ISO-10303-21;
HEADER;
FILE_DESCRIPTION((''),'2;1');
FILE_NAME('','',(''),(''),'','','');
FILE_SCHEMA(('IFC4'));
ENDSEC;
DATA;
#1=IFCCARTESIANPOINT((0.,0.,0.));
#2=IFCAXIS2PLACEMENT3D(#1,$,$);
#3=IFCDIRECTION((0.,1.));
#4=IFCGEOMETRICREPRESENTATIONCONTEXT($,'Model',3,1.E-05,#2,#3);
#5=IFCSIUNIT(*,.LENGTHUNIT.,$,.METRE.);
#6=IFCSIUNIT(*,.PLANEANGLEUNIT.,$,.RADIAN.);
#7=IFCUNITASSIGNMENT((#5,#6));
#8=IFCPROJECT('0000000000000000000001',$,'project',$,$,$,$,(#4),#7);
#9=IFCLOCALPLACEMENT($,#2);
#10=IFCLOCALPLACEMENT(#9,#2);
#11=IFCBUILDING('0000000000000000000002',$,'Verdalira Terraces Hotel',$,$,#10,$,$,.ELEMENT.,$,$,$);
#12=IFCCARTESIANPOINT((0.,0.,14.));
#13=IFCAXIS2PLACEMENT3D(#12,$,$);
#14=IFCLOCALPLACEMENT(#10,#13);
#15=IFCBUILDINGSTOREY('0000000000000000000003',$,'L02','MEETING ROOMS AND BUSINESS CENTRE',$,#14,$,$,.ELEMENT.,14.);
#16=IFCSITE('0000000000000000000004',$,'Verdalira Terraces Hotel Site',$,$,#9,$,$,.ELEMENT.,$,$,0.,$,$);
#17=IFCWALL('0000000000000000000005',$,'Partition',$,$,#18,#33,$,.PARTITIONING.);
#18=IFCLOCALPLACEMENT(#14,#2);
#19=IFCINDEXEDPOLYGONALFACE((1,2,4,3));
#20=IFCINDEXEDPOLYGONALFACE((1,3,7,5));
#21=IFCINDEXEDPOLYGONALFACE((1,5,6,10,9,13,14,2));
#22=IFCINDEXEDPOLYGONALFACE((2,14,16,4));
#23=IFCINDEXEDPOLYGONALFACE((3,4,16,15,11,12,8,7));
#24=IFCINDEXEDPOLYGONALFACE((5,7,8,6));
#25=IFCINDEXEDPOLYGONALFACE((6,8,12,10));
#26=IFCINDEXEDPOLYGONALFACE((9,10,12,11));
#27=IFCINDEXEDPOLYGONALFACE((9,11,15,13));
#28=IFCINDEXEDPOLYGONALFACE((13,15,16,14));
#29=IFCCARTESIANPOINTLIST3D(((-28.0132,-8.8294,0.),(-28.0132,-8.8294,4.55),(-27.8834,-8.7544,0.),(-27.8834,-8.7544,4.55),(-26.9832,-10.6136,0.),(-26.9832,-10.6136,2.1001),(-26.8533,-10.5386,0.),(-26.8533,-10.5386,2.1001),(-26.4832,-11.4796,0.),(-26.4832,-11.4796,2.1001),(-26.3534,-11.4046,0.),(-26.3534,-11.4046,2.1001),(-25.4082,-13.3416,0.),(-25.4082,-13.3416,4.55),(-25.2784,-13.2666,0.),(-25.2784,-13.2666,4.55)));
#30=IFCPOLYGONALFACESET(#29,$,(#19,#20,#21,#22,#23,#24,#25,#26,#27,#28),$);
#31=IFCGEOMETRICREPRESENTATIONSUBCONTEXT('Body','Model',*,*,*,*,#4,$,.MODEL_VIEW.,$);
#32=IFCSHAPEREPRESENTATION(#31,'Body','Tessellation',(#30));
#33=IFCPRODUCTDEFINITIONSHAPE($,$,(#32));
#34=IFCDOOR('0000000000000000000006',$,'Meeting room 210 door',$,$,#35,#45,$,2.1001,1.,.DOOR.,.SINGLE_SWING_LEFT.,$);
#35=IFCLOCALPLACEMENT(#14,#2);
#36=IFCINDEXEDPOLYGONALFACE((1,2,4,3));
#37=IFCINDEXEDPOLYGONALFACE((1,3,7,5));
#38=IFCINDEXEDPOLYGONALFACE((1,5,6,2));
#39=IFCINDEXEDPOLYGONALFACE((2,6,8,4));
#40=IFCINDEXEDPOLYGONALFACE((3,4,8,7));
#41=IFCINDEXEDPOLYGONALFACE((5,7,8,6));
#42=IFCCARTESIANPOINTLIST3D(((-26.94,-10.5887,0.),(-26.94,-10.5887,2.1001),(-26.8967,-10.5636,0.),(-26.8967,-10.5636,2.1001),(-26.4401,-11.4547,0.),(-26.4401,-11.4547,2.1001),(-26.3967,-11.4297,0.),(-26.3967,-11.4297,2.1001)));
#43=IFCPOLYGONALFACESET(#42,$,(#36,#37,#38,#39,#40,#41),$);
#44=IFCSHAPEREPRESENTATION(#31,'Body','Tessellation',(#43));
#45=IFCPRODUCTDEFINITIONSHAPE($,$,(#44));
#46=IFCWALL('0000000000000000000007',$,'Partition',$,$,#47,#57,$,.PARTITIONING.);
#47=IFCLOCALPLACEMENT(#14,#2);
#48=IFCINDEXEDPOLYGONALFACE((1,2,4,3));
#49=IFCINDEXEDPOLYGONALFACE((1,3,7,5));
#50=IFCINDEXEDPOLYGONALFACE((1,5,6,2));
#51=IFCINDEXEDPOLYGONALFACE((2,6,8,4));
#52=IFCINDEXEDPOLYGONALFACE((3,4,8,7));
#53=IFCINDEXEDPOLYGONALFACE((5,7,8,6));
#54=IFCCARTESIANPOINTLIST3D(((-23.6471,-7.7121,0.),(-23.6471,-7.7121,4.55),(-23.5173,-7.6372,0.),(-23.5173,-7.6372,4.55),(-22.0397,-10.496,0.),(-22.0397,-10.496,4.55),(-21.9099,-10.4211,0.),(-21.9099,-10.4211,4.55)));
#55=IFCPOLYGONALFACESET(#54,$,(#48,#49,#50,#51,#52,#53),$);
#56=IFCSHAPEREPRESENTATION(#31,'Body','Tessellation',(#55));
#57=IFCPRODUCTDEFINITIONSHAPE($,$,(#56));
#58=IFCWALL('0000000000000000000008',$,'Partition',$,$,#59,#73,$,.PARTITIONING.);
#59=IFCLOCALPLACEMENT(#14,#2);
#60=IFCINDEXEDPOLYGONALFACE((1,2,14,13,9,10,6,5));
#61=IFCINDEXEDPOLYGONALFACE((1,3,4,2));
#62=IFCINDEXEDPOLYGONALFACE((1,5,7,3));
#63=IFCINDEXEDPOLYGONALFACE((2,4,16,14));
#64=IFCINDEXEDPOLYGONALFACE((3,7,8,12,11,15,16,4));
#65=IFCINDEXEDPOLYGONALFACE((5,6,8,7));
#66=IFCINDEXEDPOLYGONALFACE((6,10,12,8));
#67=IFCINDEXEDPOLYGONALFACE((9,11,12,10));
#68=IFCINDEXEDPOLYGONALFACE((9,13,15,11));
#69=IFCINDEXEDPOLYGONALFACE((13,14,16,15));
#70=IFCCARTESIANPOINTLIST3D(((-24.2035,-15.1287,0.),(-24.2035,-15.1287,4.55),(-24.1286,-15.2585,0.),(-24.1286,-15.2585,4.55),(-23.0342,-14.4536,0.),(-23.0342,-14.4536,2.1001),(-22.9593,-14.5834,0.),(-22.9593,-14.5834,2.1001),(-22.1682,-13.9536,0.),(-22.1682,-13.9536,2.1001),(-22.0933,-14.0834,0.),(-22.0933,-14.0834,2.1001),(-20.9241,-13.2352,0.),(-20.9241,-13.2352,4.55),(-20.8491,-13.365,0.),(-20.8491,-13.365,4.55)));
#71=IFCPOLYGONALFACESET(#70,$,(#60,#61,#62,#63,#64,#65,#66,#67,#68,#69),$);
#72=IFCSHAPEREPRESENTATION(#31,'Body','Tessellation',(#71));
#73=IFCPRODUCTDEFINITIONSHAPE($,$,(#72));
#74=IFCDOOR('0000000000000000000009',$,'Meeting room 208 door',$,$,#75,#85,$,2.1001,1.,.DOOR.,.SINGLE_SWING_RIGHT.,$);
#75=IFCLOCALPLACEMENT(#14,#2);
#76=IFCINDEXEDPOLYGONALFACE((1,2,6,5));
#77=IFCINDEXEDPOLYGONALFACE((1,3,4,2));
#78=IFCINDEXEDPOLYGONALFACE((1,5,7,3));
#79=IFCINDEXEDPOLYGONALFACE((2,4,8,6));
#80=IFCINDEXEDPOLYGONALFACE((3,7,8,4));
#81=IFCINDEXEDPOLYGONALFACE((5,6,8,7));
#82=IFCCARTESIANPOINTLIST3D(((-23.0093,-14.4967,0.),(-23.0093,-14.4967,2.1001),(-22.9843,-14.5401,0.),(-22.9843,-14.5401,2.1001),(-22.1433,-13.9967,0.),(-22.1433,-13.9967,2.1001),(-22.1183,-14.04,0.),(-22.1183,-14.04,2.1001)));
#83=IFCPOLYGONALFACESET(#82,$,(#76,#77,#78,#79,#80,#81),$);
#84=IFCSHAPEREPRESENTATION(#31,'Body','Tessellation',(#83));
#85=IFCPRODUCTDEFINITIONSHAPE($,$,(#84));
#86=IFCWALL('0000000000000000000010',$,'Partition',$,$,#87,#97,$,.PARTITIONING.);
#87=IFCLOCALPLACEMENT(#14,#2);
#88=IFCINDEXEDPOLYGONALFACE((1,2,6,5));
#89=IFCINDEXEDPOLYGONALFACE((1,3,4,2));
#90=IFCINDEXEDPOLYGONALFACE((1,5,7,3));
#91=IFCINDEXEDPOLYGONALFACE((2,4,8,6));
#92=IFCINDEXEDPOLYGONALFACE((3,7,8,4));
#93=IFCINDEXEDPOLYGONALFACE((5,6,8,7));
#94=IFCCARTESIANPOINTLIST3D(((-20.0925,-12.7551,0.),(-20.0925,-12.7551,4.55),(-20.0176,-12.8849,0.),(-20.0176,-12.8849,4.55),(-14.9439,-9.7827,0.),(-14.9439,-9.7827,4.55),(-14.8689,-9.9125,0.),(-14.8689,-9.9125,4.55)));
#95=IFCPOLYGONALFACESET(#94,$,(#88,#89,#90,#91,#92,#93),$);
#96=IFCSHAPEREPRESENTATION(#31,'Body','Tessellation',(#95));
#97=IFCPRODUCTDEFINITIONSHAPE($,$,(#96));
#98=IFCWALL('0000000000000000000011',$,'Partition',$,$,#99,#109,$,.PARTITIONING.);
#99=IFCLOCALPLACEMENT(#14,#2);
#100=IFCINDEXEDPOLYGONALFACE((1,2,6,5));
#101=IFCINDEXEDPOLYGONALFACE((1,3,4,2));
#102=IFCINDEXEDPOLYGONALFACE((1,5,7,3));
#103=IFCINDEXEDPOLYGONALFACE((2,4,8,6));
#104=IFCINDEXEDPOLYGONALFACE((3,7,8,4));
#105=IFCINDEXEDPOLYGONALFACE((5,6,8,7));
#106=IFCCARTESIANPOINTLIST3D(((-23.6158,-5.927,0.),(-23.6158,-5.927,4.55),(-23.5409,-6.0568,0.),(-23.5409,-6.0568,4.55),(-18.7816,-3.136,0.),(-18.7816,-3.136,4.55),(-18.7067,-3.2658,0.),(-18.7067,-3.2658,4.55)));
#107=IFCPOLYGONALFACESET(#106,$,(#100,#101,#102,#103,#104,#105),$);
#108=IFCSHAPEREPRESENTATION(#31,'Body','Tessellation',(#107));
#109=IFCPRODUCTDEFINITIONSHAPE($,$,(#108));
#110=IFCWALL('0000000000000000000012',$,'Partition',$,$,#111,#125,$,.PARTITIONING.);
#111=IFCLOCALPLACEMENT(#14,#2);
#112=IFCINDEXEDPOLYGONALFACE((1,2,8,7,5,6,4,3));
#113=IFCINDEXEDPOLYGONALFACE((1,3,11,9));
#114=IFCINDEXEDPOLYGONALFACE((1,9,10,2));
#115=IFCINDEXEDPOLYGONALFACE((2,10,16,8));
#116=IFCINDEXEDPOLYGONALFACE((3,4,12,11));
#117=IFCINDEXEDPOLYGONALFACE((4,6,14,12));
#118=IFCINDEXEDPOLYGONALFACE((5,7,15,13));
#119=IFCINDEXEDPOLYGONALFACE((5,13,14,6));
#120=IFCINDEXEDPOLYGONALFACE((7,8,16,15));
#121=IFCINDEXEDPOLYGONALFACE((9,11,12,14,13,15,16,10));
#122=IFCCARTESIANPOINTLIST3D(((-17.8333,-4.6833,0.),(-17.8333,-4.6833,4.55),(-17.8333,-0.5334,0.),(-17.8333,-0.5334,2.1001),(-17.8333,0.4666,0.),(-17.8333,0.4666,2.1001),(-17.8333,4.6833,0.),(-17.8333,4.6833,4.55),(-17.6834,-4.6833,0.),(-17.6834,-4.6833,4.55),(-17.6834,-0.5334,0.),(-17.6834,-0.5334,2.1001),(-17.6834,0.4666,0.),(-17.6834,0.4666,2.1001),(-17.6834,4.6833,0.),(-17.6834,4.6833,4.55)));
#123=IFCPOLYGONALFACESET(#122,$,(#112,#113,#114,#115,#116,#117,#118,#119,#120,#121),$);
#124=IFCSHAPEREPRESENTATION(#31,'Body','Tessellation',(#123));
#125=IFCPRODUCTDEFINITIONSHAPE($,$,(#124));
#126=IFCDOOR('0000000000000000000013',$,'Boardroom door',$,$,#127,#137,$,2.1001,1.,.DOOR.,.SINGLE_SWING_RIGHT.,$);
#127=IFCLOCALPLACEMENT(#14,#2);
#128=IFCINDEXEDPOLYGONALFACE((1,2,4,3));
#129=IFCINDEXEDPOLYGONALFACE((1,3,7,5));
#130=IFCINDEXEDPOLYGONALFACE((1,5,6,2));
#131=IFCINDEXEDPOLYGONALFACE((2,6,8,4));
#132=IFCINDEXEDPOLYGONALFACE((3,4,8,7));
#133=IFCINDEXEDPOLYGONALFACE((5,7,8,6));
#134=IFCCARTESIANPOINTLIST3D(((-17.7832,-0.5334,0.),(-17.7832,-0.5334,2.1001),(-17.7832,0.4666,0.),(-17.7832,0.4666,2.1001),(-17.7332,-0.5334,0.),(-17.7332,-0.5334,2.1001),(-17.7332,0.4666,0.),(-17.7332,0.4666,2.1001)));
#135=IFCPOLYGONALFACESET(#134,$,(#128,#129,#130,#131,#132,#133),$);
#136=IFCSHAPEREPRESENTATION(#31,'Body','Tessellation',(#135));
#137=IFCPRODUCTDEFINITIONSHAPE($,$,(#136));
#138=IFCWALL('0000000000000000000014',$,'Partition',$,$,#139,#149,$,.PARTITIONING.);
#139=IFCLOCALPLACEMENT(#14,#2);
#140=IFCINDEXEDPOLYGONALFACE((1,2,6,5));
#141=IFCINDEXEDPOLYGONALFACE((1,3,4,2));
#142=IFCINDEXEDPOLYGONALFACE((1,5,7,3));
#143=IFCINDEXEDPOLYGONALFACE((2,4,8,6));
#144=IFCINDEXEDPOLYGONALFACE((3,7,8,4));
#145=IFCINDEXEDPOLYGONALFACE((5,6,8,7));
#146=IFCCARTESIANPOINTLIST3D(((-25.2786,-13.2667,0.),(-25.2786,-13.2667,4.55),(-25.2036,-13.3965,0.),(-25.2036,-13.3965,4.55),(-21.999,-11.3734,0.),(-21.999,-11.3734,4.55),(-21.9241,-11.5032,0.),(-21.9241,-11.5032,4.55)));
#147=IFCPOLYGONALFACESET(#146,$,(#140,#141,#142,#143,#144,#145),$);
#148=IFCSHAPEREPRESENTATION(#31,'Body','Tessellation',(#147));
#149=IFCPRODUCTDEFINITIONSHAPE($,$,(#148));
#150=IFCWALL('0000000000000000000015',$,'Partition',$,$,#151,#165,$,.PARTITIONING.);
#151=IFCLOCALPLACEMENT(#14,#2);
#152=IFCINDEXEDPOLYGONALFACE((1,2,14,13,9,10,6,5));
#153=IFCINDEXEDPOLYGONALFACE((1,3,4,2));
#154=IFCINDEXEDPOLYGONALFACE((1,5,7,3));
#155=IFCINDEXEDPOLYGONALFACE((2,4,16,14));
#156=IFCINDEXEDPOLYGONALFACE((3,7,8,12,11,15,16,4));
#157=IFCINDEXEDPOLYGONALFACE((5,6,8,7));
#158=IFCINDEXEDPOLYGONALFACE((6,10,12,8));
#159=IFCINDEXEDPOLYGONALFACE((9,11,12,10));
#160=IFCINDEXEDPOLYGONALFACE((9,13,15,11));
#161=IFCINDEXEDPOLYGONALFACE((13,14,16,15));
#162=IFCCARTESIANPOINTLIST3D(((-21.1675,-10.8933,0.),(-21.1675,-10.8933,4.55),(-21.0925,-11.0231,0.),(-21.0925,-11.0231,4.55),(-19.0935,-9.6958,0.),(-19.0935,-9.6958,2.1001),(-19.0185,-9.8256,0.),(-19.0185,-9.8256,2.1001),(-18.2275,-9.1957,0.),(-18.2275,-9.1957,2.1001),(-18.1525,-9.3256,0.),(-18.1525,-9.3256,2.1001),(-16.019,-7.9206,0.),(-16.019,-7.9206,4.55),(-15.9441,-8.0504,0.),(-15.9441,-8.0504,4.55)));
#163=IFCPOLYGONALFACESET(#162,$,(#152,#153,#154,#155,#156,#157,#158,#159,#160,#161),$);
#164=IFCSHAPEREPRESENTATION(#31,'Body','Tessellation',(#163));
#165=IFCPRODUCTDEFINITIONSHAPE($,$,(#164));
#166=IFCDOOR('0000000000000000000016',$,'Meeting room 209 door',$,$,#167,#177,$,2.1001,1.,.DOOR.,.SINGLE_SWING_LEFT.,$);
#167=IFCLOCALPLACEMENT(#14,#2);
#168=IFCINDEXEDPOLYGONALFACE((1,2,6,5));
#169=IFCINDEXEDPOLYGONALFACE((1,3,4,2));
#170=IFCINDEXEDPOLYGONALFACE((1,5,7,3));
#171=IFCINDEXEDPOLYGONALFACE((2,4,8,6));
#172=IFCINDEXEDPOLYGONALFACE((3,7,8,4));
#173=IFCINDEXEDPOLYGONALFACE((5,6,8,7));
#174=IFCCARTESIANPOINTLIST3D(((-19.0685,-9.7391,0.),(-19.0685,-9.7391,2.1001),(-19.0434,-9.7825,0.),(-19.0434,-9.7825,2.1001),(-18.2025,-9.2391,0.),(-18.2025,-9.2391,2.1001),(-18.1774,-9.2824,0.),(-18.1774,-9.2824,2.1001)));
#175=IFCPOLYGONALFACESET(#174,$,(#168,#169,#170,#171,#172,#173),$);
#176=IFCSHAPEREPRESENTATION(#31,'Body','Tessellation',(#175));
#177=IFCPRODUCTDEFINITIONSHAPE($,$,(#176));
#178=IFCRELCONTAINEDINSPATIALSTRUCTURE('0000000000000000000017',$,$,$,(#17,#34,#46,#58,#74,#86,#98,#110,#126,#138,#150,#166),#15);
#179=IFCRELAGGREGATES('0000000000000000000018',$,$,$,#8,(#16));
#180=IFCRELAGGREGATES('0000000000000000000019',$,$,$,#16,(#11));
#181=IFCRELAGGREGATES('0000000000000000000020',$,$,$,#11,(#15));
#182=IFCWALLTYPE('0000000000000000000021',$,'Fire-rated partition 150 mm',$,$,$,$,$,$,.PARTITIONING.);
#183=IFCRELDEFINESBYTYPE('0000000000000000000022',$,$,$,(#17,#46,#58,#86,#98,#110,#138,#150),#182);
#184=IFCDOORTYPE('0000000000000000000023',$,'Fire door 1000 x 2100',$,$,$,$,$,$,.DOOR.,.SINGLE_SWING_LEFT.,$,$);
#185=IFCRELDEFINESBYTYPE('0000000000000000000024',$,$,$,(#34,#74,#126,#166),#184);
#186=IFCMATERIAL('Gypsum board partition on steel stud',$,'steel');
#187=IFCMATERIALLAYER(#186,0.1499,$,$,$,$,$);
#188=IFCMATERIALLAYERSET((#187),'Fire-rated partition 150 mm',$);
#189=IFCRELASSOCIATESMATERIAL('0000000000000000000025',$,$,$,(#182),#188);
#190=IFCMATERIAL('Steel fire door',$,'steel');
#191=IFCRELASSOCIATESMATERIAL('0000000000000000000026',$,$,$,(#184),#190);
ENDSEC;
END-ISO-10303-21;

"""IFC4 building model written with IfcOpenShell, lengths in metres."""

from ifc_helpers import new_model, si_unit, direction, frame, frame_2d, origin, place, context, subcontext, project, spatial, rectangle, extrude, material, layer, layer_set, type_object, element, fill, save


model = new_model("IFC4")

# Units and contexts
model_context = context("Model", 3, precision=1e-05, world=origin(), true_north=direction((0.0, 1.0)))
body_context = subcontext(model_context, "Body", "Model", "MODEL_VIEW")
ifc_project = project(units=[si_unit("LENGTHUNIT", "METRE"), si_unit("PLANEANGLEUNIT", "RADIAN")], contexts=[model_context])

# Site, building, storey
site_placement = place(None, origin())
site = spatial("IfcSite", under=ifc_project, at=site_placement, Name="Verdalira Terraces Hotel Site", CompositionType="ELEMENT", RefElevation=0.0)
building_placement = place(site_placement, origin())
building = spatial("IfcBuilding", under=site, at=building_placement, Name="Verdalira Terraces Hotel", CompositionType="ELEMENT")
storey_placement = place(building_placement, frame((0.0, 0.0, 14.0)))
storey = spatial("IfcBuildingStorey", under=building, at=storey_placement, Name="L02", Description="MEETING ROOMS AND BUSINESS CENTRE", CompositionType="ELEMENT", Elevation=14.0)

# Wall, opening, door
ifc_material_1 = material(Name="Gypsum board partition on steel stud", Category="steel")
ifc_layer_1 = layer(ifc_material_1, 0.1499)
ifc_layer_set_1 = layer_set([ifc_layer_1], Name="Fire-rated partition 150 mm")
wall_type_1 = type_object("IfcWallType", Name="Fire-rated partition 150 mm", PredefinedType="PARTITIONING", material=ifc_layer_set_1)
wall_1_placement = place(storey_placement, frame((-27.9482, -8.792, 0.0), z_axis=(0.0, 0.0, 1.0), x_axis=(0.499979, -0.866037, 0.0)))
wall_1 = element("IfcWall", 1, at=wall_1_placement, inside=storey, type_object=wall_type_1, Name="Partition", PredefinedType="PARTITIONING", context=body_context, shape_type="SweptSolid", body=[
    extrude(rectangle(XDim=5.2102, YDim=0.1499, at=frame_2d((2.605, 0.0))), origin(), (0.0, 0.0, 1.0), 4.55),
])
opening_1_placement = place(wall_1_placement, frame((2.0601, 0.0, 0.0)))
opening_1 = element("IfcOpeningElement", 2, at=opening_1_placement, cuts=wall_1, PredefinedType="OPENING", context=body_context, shape_type="SweptSolid", body=[
    extrude(rectangle(XDim=1.0, YDim=2.1001, at=frame_2d((0.5, 1.05))), frame((0.0, 0.085, 0.0), z_axis=(0.0, -1.0, 0.0), x_axis=(1.0, 0.0, 0.0)), (0.0, 0.0, 1.0), 0.1699),
])
ifc_material_2 = material(Name="Steel fire door", Category="steel")
door_type_1 = type_object("IfcDoorType", Name="Fire door 1000 x 2100", OperationType="SINGLE_SWING_LEFT", PredefinedType="DOOR", material=ifc_material_2)
door_1_placement = place(opening_1_placement, origin())
door_1 = element("IfcDoor", 3, at=door_1_placement, inside=storey, type_object=door_type_1, Name="Meeting room 210 door", OperationType="SINGLE_SWING_LEFT", OverallHeight=2.1001, OverallWidth=1.0, PredefinedType="DOOR", context=body_context, shape_type="SweptSolid", body=[
    extrude(rectangle(XDim=1.0, YDim=2.1001, at=frame_2d((0.5, 1.05))), frame((0.0, 0.0249, 0.0), z_axis=(0.0, -1.0, 0.0), x_axis=(1.0, 0.0, 0.0)), (0.0, 0.0, 1.0), 0.05),
])
fill(opening_1, door_1)

# Wall
wall_2_placement = place(storey_placement, frame((-23.5823, -7.6746, 0.0), z_axis=(0.0, 0.0, 1.0), x_axis=(0.500027, -0.86601, 0.0)))
element("IfcWall", 4, at=wall_2_placement, inside=storey, type_object=wall_type_1, Name="Partition", PredefinedType="PARTITIONING", context=body_context, shape_type="SweptSolid", body=[
    extrude(rectangle(XDim=3.2146, YDim=0.1499, at=frame_2d((1.6074, 0.0))), origin(), (0.0, 0.0, 1.0), 4.55),
])

# Wall, opening, door
wall_3_placement = place(storey_placement, frame((-20.8865, -13.3, 0.0), z_axis=(0.0, 0.0, 1.0), x_axis=(-0.866013, -0.500022, 0.0)))
wall_3 = element("IfcWall", 5, at=wall_3_placement, inside=storey, type_object=wall_type_1, Name="Partition", PredefinedType="PARTITIONING", context=body_context, shape_type="SweptSolid", body=[
    extrude(rectangle(XDim=3.7869, YDim=0.1499, at=frame_2d((1.8936, 0.0))), origin(), (0.0, 0.0, 1.0), 4.55),
])
opening_2_placement = place(wall_3_placement, frame((1.4368, 0.0, 0.0)))
opening_2 = element("IfcOpeningElement", 6, at=opening_2_placement, cuts=wall_3, PredefinedType="OPENING", context=body_context, shape_type="SweptSolid", body=[
    extrude(rectangle(XDim=1.0, YDim=2.1001, at=frame_2d((0.5, 1.05))), frame((0.0, 0.085, 0.0), z_axis=(0.0, -1.0, 0.0), x_axis=(1.0, 0.0, 0.0)), (0.0, 0.0, 1.0), 0.1699),
])
door_2_placement = place(opening_2_placement, origin())
door_2 = element("IfcDoor", 7, at=door_2_placement, inside=storey, type_object=door_type_1, Name="Meeting room 208 door", OperationType="SINGLE_SWING_RIGHT", OverallHeight=2.1001, OverallWidth=1.0, PredefinedType="DOOR", context=body_context, shape_type="SweptSolid", body=[
    extrude(rectangle(XDim=1.0, YDim=2.1001, at=frame_2d((0.5, 1.05))), frame((0.0, 0.0249, 0.0), z_axis=(0.0, -1.0, 0.0), x_axis=(1.0, 0.0, 0.0)), (0.0, 0.0, 1.0), 0.05),
])
fill(opening_2, door_2)

# Walls
wall_4_placement = place(storey_placement, frame((-20.0552, -12.8201, 0.0), z_axis=(0.0, 0.0, 1.0), x_axis=(0.866039, 0.499977, 0.0)))
element("IfcWall", 8, at=wall_4_placement, inside=storey, type_object=wall_type_1, Name="Partition", PredefinedType="PARTITIONING", context=body_context, shape_type="SweptSolid", body=[
    extrude(rectangle(XDim=5.9451, YDim=0.1499, at=frame_2d((2.9727, 0.0))), origin(), (0.0, 0.0, 1.0), 4.55),
])
wall_5_placement = place(storey_placement, frame((-18.7441, -3.2009, 0.0), z_axis=(0.0, 0.0, 1.0), x_axis=(-0.866028, -0.499996, 0.0)))
element("IfcWall", 9, at=wall_5_placement, inside=storey, type_object=wall_type_1, Name="Partition", PredefinedType="PARTITIONING", context=body_context, shape_type="SweptSolid", body=[
    extrude(rectangle(XDim=5.582, YDim=0.1499, at=frame_2d((2.791, 0.0))), origin(), (0.0, 0.0, 1.0), 4.55),
])

# Wall, opening, door
wall_6_placement = place(storey_placement, frame((-17.7583, -4.6833, 0.0), z_axis=(0.0, 0.0, 1.0), x_axis=(0.0, 1.0, 0.0)))
wall_6 = element("IfcWall", 10, at=wall_6_placement, inside=storey, type_object=wall_type_1, Name="Partition", PredefinedType="PARTITIONING", context=body_context, shape_type="SweptSolid", body=[
    extrude(rectangle(XDim=9.3667, YDim=0.1499, at=frame_2d((4.6833, 0.0))), origin(), (0.0, 0.0, 1.0), 4.55),
])
opening_3_placement = place(wall_6_placement, frame((4.1499, 0.0, 0.0)))
opening_3 = element("IfcOpeningElement", 11, at=opening_3_placement, cuts=wall_6, PredefinedType="OPENING", context=body_context, shape_type="SweptSolid", body=[
    extrude(rectangle(XDim=1.0, YDim=2.1001, at=frame_2d((0.5, 1.05))), frame((0.0, 0.085, 0.0), z_axis=(0.0, -1.0, 0.0), x_axis=(1.0, 0.0, 0.0)), (0.0, 0.0, 1.0), 0.1699),
])
door_3_placement = place(opening_3_placement, origin())
door_3 = element("IfcDoor", 12, at=door_3_placement, inside=storey, type_object=door_type_1, Name="Boardroom door", OperationType="SINGLE_SWING_RIGHT", OverallHeight=2.1001, OverallWidth=1.0, PredefinedType="DOOR", context=body_context, shape_type="SweptSolid", body=[
    extrude(rectangle(XDim=1.0, YDim=2.1001, at=frame_2d((0.5, 1.05))), frame((0.0, 0.0249, 0.0), z_axis=(0.0, -1.0, 0.0), x_axis=(1.0, 0.0, 0.0)), (0.0, 0.0, 1.0), 0.05),
])
fill(opening_3, door_3)

# Wall
wall_7_placement = place(storey_placement, frame((-21.9614, -11.4382, 0.0), z_axis=(0.0, 0.0, 1.0), x_axis=(-0.866041, -0.499974, 0.0)))
element("IfcWall", 13, at=wall_7_placement, inside=storey, type_object=wall_type_1, Name="Partition", PredefinedType="PARTITIONING", context=body_context, shape_type="SweptSolid", body=[
    extrude(rectangle(XDim=3.7869, YDim=0.1499, at=frame_2d((1.8936, 0.0))), origin(), (0.0, 0.0, 1.0), 4.55),
])

# Wall, opening, door
wall_8_placement = place(storey_placement, frame((-21.1301, -10.9583, 0.0), z_axis=(0.0, 0.0, 1.0), x_axis=(0.866011, 0.500026, 0.0)))
wall_8 = element("IfcWall", 14, at=wall_8_placement, inside=storey, type_object=wall_type_1, Name="Partition", PredefinedType="PARTITIONING", context=body_context, shape_type="SweptSolid", body=[
    extrude(rectangle(XDim=5.9451, YDim=0.1499, at=frame_2d((2.9727, 0.0))), origin(), (0.0, 0.0, 1.0), 4.55),
])
opening_4_placement = place(wall_8_placement, frame((2.395, 0.0, 0.0)))
opening_4 = element("IfcOpeningElement", 15, at=opening_4_placement, cuts=wall_8, PredefinedType="OPENING", context=body_context, shape_type="SweptSolid", body=[
    extrude(rectangle(XDim=1.0, YDim=2.1001, at=frame_2d((0.5, 1.05))), frame((0.0, 0.085, 0.0), z_axis=(0.0, -1.0, 0.0), x_axis=(1.0, 0.0, 0.0)), (0.0, 0.0, 1.0), 0.1699),
])
door_4_placement = place(opening_4_placement, origin())
door_4 = element("IfcDoor", 16, at=door_4_placement, inside=storey, type_object=door_type_1, Name="Meeting room 209 door", OperationType="SINGLE_SWING_LEFT", OverallHeight=2.1001, OverallWidth=1.0, PredefinedType="DOOR", context=body_context, shape_type="SweptSolid", body=[
    extrude(rectangle(XDim=1.0, YDim=2.1001, at=frame_2d((0.5, 1.05))), frame((0.0, 0.0249, 0.0), z_axis=(0.0, -1.0, 0.0), x_axis=(1.0, 0.0, 0.0)), (0.0, 0.0, 1.0), 0.05),
])
fill(opening_4, door_4)

save(model, "model.ifc")
